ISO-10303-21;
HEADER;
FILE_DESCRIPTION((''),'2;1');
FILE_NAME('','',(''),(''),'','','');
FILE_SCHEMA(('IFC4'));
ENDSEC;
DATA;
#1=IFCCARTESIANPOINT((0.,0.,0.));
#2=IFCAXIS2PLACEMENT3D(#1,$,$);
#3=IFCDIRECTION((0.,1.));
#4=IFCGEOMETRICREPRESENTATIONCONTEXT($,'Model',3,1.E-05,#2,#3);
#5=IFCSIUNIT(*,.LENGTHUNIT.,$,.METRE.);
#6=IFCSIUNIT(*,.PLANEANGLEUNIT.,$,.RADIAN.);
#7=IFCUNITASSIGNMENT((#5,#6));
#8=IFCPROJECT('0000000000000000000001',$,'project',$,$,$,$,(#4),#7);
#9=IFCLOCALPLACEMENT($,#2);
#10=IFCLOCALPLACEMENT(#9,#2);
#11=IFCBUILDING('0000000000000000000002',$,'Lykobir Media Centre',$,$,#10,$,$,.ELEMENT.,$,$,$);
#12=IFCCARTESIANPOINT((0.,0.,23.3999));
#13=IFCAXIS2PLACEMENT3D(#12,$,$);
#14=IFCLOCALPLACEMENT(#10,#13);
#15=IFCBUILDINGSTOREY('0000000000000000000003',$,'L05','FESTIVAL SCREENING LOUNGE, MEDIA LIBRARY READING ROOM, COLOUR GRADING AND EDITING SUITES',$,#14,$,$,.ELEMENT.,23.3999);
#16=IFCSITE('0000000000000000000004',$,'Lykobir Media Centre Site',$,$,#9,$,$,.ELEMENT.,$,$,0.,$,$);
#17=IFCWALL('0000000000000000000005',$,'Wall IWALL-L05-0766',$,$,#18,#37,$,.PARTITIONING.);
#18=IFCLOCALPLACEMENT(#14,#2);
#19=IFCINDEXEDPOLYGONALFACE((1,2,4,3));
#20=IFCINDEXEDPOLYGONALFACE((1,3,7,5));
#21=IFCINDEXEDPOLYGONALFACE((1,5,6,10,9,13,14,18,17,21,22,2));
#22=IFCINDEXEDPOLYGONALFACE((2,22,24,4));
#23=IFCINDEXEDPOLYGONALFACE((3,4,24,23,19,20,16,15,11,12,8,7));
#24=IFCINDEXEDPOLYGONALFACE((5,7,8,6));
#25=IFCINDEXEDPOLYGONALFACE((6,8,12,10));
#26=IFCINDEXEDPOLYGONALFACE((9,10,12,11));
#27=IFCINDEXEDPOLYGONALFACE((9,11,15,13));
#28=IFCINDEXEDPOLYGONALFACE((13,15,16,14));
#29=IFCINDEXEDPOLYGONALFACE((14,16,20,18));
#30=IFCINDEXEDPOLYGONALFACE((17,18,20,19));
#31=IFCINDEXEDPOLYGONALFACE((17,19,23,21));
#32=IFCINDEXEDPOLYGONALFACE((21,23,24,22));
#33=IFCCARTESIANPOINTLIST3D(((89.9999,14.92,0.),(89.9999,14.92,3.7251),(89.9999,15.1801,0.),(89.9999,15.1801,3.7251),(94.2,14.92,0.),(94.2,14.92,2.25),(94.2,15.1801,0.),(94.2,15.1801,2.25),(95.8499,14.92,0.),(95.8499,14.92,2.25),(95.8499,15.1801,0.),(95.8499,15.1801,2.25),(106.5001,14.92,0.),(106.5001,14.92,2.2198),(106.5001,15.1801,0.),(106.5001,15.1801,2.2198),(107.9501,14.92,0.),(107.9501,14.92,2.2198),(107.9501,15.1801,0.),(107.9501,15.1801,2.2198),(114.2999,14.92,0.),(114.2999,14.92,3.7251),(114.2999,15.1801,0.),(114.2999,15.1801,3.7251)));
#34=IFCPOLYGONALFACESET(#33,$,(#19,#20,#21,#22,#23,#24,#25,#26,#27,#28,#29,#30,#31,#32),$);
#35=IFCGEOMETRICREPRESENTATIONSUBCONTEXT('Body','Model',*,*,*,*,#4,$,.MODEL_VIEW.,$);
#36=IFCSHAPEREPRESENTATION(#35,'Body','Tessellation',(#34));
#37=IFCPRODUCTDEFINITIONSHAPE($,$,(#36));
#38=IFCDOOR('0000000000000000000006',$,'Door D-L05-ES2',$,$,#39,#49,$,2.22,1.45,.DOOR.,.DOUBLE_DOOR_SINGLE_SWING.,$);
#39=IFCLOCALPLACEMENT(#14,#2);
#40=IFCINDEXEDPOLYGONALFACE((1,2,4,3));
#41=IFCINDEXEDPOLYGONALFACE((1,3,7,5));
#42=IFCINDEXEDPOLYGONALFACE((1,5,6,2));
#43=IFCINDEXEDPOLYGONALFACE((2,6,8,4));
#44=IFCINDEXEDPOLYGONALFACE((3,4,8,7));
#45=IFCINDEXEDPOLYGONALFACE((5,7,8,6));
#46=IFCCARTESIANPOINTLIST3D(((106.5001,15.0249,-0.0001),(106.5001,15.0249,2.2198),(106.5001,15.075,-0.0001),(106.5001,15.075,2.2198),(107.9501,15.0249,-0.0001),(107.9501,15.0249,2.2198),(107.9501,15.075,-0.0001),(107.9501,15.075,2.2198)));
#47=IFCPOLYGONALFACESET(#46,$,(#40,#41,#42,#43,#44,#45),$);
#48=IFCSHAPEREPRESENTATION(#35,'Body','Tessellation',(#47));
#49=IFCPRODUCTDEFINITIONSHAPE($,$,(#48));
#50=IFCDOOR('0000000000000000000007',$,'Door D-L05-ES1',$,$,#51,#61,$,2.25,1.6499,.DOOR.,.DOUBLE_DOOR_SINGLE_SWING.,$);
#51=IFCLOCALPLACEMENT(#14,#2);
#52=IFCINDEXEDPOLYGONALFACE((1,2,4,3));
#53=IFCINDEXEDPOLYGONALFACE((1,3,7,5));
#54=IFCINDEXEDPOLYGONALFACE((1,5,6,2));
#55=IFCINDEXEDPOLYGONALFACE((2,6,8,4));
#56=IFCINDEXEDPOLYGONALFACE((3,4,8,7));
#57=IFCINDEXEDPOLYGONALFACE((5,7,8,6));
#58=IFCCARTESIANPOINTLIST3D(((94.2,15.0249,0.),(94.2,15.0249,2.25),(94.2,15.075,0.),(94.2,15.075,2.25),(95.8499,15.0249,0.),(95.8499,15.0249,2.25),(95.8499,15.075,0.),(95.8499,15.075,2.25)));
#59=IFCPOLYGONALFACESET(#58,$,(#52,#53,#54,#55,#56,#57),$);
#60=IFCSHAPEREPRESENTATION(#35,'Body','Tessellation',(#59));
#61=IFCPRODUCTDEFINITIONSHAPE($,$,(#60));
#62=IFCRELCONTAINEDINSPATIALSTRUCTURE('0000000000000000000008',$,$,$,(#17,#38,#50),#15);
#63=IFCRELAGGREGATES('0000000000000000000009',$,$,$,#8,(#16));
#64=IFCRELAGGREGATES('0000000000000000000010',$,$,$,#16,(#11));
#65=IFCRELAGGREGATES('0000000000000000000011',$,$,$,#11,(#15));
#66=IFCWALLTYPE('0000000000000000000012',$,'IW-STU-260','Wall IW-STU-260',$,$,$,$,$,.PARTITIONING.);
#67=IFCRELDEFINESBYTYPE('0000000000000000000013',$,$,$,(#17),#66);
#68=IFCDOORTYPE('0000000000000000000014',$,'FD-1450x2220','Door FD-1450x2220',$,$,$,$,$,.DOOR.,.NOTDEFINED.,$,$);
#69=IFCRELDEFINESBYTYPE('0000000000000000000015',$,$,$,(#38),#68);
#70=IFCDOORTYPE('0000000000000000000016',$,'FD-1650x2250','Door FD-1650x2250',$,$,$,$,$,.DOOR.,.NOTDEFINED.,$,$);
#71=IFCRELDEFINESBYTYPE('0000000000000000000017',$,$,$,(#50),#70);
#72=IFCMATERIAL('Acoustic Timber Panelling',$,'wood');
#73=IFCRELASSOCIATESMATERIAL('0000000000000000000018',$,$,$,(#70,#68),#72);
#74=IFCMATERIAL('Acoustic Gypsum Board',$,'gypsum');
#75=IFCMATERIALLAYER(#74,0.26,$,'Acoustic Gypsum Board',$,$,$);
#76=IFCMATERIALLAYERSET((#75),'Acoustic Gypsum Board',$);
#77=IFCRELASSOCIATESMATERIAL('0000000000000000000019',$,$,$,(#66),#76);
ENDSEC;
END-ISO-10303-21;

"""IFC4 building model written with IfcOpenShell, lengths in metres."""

from ifc_helpers import new_model, si_unit, direction, frame, frame_2d, origin, place, context, subcontext, project, spatial, rectangle, extrude, material, layer, layer_set, type_object, element, fill, save


model = new_model("IFC4")

# Units and contexts
model_context = context("Model", 3, precision=1e-05, world=origin(), true_north=direction((0.0, 1.0)))
body_context = subcontext(model_context, "Body", "Model", "MODEL_VIEW")
ifc_project = project(units=[si_unit("LENGTHUNIT", "METRE"), si_unit("PLANEANGLEUNIT", "RADIAN")], contexts=[model_context])

# Site, building, storey
site_placement = place(None, origin())
site = spatial("IfcSite", under=ifc_project, at=site_placement, Name="Lykobir Media Centre Site", CompositionType="ELEMENT", RefElevation=0.0)
building_placement = place(site_placement, origin())
building = spatial("IfcBuilding", under=site, at=building_placement, Name="Lykobir Media Centre", CompositionType="ELEMENT")
storey_placement = place(building_placement, frame((0.0, 0.0, 23.3999)))
storey = spatial("IfcBuildingStorey", under=building, at=storey_placement, Name="L05", Description="FESTIVAL SCREENING LOUNGE, MEDIA LIBRARY READING ROOM, COLOUR GRADING AND EDITING SUITES", CompositionType="ELEMENT", Elevation=23.3999)

# Wall, openings, doors
ifc_material_1 = material(Name="Acoustic Gypsum Board", Category="gypsum")
ifc_material_2 = material(Name="Acoustic Timber Panelling", Category="wood")
door_type_1 = type_object("IfcDoorType", Name="FD-1650x2250", Description="Door FD-1650x2250", OperationType="NOTDEFINED", PredefinedType="DOOR", material=ifc_material_2)
ifc_layer_1 = layer(ifc_material_1, 0.26, Name="Acoustic Gypsum Board")
ifc_layer_set_1 = layer_set([ifc_layer_1], Name="Acoustic Gypsum Board")
wall_type_1 = type_object("IfcWallType", Name="IW-STU-260", Description="Wall IW-STU-260", PredefinedType="PARTITIONING", material=ifc_layer_set_1)
wall_1_placement = place(storey_placement, frame((90.0, 15.05, 0.0), z_axis=(0.0, 0.0, 1.0), x_axis=(1.0, 0.0, 0.0)))
wall_1 = element("IfcWall", 1, at=wall_1_placement, inside=storey, type_object=wall_type_1, Name="Wall IWALL-L05-0766", PredefinedType="PARTITIONING", context=body_context, shape_type="SweptSolid", body=[
    extrude(rectangle(XDim=24.3, YDim=0.26, at=frame_2d((12.1499, 0.0))), origin(), (0.0, 0.0, 1.0), 3.7251),
])
opening_1_placement = place(wall_1_placement, frame((4.2, 0.0, 0.0)))
opening_1 = element("IfcOpeningElement", 2, at=opening_1_placement, cuts=wall_1, PredefinedType="OPENING", context=body_context, shape_type="SweptSolid", body=[
    extrude(rectangle(XDim=1.6499, YDim=2.25, at=frame_2d((0.825, 1.125))), frame((0.0, 0.1399, 0.0), z_axis=(0.0, -1.0, 0.0), x_axis=(1.0, 0.0, 0.0)), (0.0, 0.0, 1.0), 0.28),
])
opening_2_placement = place(wall_1_placement, frame((16.5, 0.0, 0.0)))
opening_2 = element("IfcOpeningElement", 3, at=opening_2_placement, cuts=wall_1, PredefinedType="OPENING", context=body_context, shape_type="SweptSolid", body=[
    extrude(rectangle(XDim=1.45, YDim=2.22, at=frame_2d((0.7251, 1.1099))), frame((0.0, 0.1399, 0.0), z_axis=(0.0, -1.0, 0.0), x_axis=(1.0, 0.0, 0.0)), (0.0, 0.0, 1.0), 0.28),
])
door_type_2 = type_object("IfcDoorType", Name="FD-1450x2220", Description="Door FD-1450x2220", OperationType="NOTDEFINED", PredefinedType="DOOR", material=ifc_material_2)
door_1_placement = place(opening_2_placement, origin())
door_1 = element("IfcDoor", 4, at=door_1_placement, inside=storey, type_object=door_type_2, Name="Door D-L05-ES2", OperationType="DOUBLE_DOOR_SINGLE_SWING", OverallHeight=2.22, OverallWidth=1.45, PredefinedType="DOOR", context=body_context, shape_type="SweptSolid", body=[
    extrude(rectangle(XDim=1.45, YDim=2.22, at=frame_2d((0.7251, 1.1099))), frame((0.0, 0.0249, 0.0), z_axis=(0.0, -1.0, 0.0), x_axis=(1.0, 0.0, 0.0)), (0.0, 0.0, 1.0), 0.05),
])
fill(opening_2, door_1)
door_2_placement = place(opening_1_placement, origin())
door_2 = element("IfcDoor", 5, at=door_2_placement, inside=storey, type_object=door_type_1, Name="Door D-L05-ES1", OperationType="DOUBLE_DOOR_SINGLE_SWING", OverallHeight=2.25, OverallWidth=1.6499, PredefinedType="DOOR", context=body_context, shape_type="SweptSolid", body=[
    extrude(rectangle(XDim=1.6499, YDim=2.25, at=frame_2d((0.825, 1.125))), frame((0.0, 0.0249, 0.0), z_axis=(0.0, -1.0, 0.0), x_axis=(1.0, 0.0, 0.0)), (0.0, 0.0, 1.0), 0.05),
])
fill(opening_1, door_2)

save(model, "model.ifc")
